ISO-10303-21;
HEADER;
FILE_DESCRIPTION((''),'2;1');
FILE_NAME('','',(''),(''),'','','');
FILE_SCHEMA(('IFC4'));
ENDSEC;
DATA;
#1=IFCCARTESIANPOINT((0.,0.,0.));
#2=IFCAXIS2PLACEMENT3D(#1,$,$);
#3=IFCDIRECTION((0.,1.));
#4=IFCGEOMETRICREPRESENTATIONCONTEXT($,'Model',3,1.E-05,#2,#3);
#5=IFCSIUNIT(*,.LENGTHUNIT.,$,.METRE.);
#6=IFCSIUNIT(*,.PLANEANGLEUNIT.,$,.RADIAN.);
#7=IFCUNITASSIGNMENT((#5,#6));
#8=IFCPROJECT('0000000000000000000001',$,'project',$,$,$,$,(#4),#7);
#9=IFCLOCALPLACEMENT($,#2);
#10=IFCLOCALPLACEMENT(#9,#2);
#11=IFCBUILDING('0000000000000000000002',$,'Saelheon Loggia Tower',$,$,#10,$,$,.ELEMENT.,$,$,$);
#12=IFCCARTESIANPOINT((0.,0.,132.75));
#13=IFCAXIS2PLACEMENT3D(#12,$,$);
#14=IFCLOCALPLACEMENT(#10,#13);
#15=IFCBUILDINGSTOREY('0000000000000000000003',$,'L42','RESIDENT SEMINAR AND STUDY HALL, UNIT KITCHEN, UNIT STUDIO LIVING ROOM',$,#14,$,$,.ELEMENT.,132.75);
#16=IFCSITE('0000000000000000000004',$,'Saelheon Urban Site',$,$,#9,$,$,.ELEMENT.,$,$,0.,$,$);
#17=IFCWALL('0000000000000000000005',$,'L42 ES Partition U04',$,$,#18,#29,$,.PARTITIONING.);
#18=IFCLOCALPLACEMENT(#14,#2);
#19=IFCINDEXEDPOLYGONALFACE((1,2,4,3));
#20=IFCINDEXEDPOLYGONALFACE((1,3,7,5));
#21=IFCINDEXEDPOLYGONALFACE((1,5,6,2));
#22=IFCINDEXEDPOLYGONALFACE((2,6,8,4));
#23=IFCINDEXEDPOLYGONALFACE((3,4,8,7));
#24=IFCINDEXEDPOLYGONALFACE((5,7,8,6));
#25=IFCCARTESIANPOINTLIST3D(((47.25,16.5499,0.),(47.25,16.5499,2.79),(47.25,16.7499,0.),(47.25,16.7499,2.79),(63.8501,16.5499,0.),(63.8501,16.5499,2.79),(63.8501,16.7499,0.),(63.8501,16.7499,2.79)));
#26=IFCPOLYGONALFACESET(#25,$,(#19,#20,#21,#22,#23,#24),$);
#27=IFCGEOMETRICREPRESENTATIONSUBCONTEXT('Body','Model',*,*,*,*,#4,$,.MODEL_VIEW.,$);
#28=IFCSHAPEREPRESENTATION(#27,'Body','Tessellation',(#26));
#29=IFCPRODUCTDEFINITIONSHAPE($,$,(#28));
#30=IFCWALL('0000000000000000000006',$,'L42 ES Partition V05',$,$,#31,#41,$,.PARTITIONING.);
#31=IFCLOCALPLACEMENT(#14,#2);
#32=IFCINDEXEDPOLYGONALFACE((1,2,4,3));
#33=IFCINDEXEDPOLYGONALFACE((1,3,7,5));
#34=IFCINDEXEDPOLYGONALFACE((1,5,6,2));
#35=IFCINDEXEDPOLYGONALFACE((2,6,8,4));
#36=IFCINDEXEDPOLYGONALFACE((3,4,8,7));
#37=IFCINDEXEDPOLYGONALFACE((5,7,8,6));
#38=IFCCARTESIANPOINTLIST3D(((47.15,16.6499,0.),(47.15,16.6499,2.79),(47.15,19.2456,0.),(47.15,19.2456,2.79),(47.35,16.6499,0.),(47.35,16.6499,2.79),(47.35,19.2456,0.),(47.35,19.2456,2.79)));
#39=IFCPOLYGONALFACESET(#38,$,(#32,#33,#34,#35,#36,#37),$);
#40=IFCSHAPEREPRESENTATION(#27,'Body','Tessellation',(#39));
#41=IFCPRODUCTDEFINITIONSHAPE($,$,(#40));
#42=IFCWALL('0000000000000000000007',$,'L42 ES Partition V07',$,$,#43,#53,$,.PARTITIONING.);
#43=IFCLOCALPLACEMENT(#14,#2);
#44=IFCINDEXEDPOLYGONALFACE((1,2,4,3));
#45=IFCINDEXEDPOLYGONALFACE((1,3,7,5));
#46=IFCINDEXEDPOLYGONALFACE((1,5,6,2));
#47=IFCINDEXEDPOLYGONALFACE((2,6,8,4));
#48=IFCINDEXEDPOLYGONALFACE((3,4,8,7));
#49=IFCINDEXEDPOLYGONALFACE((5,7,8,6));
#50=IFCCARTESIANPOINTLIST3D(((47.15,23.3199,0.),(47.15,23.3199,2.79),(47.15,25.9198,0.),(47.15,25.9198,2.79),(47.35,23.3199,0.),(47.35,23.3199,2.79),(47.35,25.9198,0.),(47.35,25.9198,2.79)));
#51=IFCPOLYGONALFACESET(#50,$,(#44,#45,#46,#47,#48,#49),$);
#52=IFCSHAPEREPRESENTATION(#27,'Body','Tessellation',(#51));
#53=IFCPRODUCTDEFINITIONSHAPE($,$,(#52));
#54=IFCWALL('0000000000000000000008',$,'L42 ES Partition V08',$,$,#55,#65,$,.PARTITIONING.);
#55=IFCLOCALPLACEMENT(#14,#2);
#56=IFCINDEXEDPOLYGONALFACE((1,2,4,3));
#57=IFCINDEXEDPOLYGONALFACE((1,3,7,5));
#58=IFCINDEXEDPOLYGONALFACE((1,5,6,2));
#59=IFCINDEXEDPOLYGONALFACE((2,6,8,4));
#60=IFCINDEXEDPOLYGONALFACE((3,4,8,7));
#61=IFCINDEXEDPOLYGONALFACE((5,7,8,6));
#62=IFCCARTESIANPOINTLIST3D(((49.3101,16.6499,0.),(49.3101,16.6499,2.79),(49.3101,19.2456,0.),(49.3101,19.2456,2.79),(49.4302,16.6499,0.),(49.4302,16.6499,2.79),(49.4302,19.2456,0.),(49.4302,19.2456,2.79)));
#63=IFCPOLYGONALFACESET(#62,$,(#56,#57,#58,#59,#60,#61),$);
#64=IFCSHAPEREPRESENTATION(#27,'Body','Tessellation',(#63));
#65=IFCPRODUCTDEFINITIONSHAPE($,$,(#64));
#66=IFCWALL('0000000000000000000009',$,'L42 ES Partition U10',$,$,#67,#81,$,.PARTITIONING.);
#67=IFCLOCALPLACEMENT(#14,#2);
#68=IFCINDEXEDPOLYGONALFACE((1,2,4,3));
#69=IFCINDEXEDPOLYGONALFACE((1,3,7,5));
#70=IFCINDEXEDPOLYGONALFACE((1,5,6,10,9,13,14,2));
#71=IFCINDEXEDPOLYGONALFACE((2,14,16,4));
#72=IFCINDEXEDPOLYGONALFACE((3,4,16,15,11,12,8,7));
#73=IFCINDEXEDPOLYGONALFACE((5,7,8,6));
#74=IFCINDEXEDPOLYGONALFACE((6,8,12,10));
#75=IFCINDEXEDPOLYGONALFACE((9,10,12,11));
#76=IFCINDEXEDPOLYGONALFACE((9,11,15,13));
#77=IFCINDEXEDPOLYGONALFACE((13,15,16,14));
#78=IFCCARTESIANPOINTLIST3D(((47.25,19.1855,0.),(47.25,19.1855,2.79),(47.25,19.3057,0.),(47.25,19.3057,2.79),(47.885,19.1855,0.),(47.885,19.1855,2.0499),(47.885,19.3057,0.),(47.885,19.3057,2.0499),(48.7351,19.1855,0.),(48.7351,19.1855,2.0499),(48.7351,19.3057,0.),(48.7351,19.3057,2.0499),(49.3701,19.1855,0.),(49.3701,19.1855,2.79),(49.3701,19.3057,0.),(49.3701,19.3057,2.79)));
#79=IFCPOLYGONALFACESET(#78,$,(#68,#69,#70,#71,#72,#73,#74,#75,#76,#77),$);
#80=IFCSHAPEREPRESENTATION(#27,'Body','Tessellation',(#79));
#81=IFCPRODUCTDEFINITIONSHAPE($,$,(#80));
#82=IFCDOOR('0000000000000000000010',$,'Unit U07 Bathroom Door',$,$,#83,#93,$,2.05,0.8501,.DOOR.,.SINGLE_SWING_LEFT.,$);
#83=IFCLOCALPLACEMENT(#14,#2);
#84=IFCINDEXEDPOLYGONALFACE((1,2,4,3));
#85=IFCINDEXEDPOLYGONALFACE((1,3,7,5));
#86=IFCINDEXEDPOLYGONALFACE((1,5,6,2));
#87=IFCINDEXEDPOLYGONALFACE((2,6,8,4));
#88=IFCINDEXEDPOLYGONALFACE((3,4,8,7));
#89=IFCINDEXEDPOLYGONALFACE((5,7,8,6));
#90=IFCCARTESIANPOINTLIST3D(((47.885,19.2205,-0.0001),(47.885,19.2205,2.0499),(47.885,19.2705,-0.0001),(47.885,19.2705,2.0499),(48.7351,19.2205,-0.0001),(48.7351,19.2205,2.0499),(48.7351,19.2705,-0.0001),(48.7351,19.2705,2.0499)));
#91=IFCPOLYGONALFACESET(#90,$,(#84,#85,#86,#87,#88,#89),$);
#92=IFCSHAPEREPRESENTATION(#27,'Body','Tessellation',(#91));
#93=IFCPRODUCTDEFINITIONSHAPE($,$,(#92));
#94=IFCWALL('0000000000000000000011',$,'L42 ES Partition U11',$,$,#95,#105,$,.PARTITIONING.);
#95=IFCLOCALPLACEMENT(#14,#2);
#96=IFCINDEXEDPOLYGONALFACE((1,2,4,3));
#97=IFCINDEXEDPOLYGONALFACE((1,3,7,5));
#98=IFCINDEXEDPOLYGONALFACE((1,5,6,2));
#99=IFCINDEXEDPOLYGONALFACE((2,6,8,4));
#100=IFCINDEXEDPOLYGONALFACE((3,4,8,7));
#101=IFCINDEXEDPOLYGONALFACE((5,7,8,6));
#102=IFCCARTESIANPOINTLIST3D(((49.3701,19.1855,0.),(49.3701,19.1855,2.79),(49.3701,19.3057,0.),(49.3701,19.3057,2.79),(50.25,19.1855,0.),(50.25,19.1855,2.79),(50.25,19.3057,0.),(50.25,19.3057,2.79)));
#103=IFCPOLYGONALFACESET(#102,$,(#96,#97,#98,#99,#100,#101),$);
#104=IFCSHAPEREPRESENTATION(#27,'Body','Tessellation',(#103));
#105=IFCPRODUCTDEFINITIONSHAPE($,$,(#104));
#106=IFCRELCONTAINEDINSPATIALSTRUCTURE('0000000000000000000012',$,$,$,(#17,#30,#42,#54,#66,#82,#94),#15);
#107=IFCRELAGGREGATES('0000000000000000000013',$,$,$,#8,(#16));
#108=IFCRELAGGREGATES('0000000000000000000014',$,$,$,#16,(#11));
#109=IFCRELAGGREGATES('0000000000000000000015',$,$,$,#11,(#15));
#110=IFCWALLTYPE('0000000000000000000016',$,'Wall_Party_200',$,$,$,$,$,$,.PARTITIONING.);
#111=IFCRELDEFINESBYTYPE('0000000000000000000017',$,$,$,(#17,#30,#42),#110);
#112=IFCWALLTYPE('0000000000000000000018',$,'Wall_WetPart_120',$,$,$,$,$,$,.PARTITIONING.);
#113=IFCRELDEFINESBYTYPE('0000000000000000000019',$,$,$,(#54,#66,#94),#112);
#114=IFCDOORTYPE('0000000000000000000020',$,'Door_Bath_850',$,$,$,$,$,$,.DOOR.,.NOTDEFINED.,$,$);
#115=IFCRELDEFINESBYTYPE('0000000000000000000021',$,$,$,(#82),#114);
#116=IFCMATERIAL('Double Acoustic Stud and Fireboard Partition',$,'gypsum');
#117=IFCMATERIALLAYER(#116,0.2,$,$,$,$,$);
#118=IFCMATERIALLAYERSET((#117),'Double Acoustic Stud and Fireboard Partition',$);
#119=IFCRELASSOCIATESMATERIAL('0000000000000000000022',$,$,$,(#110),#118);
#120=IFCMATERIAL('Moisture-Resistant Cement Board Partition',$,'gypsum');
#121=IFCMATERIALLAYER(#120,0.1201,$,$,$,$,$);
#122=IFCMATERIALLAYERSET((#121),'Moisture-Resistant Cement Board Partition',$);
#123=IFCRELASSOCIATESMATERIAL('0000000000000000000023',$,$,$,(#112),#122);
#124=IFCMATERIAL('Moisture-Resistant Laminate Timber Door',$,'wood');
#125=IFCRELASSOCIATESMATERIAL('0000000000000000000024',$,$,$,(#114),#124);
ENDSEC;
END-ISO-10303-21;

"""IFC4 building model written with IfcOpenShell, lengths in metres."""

from ifc_helpers import new_model, si_unit, direction, frame, frame_2d, origin, place, context, subcontext, project, spatial, rectangle, extrude, source, transform, mapped, material, layer, layer_set, type_object, element, fill, save


model = new_model("IFC4")

# Units and contexts
model_context = context("Model", 3, precision=1e-05, world=origin(), true_north=direction((0.0, 1.0)))
body_context = subcontext(model_context, "Body", "Model", "MODEL_VIEW")
ifc_project = project(units=[si_unit("LENGTHUNIT", "METRE"), si_unit("PLANEANGLEUNIT", "RADIAN")], contexts=[model_context])

# Site, building, storey
site_placement = place(None, origin())
site = spatial("IfcSite", under=ifc_project, at=site_placement, Name="Saelheon Urban Site", CompositionType="ELEMENT", RefElevation=0.0)
building_placement = place(site_placement, origin())
building = spatial("IfcBuilding", under=site, at=building_placement, Name="Saelheon Loggia Tower", CompositionType="ELEMENT")
storey_placement = place(building_placement, frame((0.0, 0.0, 132.75)))
storey = spatial("IfcBuildingStorey", under=building, at=storey_placement, Name="L42", Description="RESIDENT SEMINAR AND STUDY HALL, UNIT KITCHEN, UNIT STUDIO LIVING ROOM", CompositionType="ELEMENT", Elevation=132.75)

# Walls
ifc_material_1 = material(Name="Double Acoustic Stud and Fireboard Partition", Category="gypsum")
ifc_layer_1 = layer(ifc_material_1, 0.2)
ifc_layer_set_1 = layer_set([ifc_layer_1], Name="Double Acoustic Stud and Fireboard Partition")
wall_type_1 = type_object("IfcWallType", Name="Wall_Party_200", PredefinedType="PARTITIONING", material=ifc_layer_set_1)
for number, where, z_axis, x_axis, name in (
    (1, (47.25, 16.6499, 0.0), (0.0, 0.0, 1.0), (1.0, 0.0, 0.0), "L42 ES Partition U04"),
):
    element("IfcWall", number, at=place(storey_placement, frame(where, z_axis=z_axis, x_axis=x_axis)), inside=storey, type_object=wall_type_1, Name=name, PredefinedType="PARTITIONING", context=body_context, shape_type="SweptSolid", body=[
        extrude(rectangle(XDim=16.6001, YDim=0.2, at=frame_2d((8.3, 0.0))), origin(), (0.0, 0.0, 1.0), 2.79),
    ])
wall_1_placement = place(storey_placement, frame((47.25, 16.6499, 0.0), z_axis=(0.0, 0.0, 1.0), x_axis=(0.0, 1.0, 0.0)))
element("IfcWall", 2, at=wall_1_placement, inside=storey, type_object=wall_type_1, Name="L42 ES Partition V05", PredefinedType="PARTITIONING", context=body_context, shape_type="SweptSolid", body=[
    extrude(rectangle(XDim=2.5957, YDim=0.2, at=frame_2d((1.2979, 0.0))), origin(), (0.0, 0.0, 1.0), 2.79),
])

# Walls
wall_2_placement = place(storey_placement, frame((47.25, 23.3201, 0.0), z_axis=(0.0, 0.0, 1.0), x_axis=(0.0, 1.0, 0.0)))
element("IfcWall", 3, at=wall_2_placement, inside=storey, type_object=wall_type_1, Name="L42 ES Partition V07", PredefinedType="PARTITIONING", context=body_context, shape_type="SweptSolid", body=[
    extrude(rectangle(XDim=2.5999, YDim=0.2, at=frame_2d((1.2998, 0.0))), origin(), (0.0, 0.0, 1.0), 2.79),
])
ifc_material_2 = material(Name="Moisture-Resistant Cement Board Partition", Category="gypsum")
ifc_layer_2 = layer(ifc_material_2, 0.1201)
ifc_layer_set_2 = layer_set([ifc_layer_2], Name="Moisture-Resistant Cement Board Partition")
wall_type_2 = type_object("IfcWallType", Name="Wall_WetPart_120", PredefinedType="PARTITIONING", material=ifc_layer_set_2)
wall_3_placement = place(storey_placement, frame((49.3701, 16.6499, 0.0), z_axis=(0.0, 0.0, 1.0), x_axis=(0.0, 1.0, 0.0)))
element("IfcWall", 4, at=wall_3_placement, inside=storey, type_object=wall_type_2, Name="L42 ES Partition V08", PredefinedType="PARTITIONING", context=body_context, shape_type="SweptSolid", body=[
    extrude(rectangle(XDim=2.5957, YDim=0.1201, at=frame_2d((1.2979, 0.0))), origin(), (0.0, 0.0, 1.0), 2.79),
])

# Wall, opening, door
wall_4_placement = place(storey_placement, frame((47.25, 19.2456, 0.0), z_axis=(0.0, 0.0, 1.0), x_axis=(1.0, 0.0, 0.0)))
wall_4 = element("IfcWall", 5, at=wall_4_placement, inside=storey, type_object=wall_type_2, Name="L42 ES Partition U10", PredefinedType="PARTITIONING", context=body_context, shape_type="SweptSolid", body=[
    extrude(rectangle(XDim=2.1201, YDim=0.1201, at=frame_2d((1.0601, 0.0))), origin(), (0.0, 0.0, 1.0), 2.79),
])
opening_1_placement = place(wall_4_placement, frame((0.635, 0.0, 0.0)))
opening_1 = element("IfcOpeningElement", 6, at=opening_1_placement, cuts=wall_4, PredefinedType="OPENING", context=body_context, shape_type="SweptSolid", body=[
    extrude(rectangle(XDim=0.8501, YDim=2.05, at=frame_2d((0.425, 1.0249))), frame((0.0, 0.072, 0.0), z_axis=(0.0, -1.0, 0.0), x_axis=(1.0, 0.0, 0.0)), (0.0, 0.0, 1.0), 0.144),
])
ifc_material_3 = material(Name="Moisture-Resistant Laminate Timber Door", Category="wood")
door_type_1 = type_object("IfcDoorType", Name="Door_Bath_850", OperationType="NOTDEFINED", PredefinedType="DOOR", material=ifc_material_3)
shared_shape_1 = source(origin(), body_context, "Body", "SweptSolid", [
    extrude(rectangle(XDim=0.8501, YDim=2.05, at=frame_2d((0.425, 1.0249))), frame((0.0, 0.0249, 0.0), z_axis=(0.0, -1.0, 0.0), x_axis=(1.0, 0.0, 0.0)), (0.0, 0.0, 1.0), 0.05),
])
door_1_placement = place(opening_1_placement, origin())
door_1 = element("IfcDoor", 7, at=door_1_placement, inside=storey, type_object=door_type_1, Name="Unit U07 Bathroom Door", OperationType="SINGLE_SWING_LEFT", OverallHeight=2.05, OverallWidth=0.8501, PredefinedType="DOOR", context=body_context, shape_type="MappedRepresentation", body=[
    mapped(shared_shape_1, transform((0.0, 0.0, 0.0), scale=1.0)),
])
fill(opening_1, door_1)

# Wall
wall_5_placement = place(storey_placement, frame((49.3701, 19.2456, 0.0), z_axis=(0.0, 0.0, 1.0), x_axis=(1.0, 0.0, 0.0)))
element("IfcWall", 8, at=wall_5_placement, inside=storey, type_object=wall_type_2, Name="L42 ES Partition U11", PredefinedType="PARTITIONING", context=body_context, shape_type="SweptSolid", body=[
    extrude(rectangle(XDim=0.8799, YDim=0.1201, at=frame_2d((0.4399, 0.0))), origin(), (0.0, 0.0, 1.0), 2.79),
])

save(model, "model.ifc")
